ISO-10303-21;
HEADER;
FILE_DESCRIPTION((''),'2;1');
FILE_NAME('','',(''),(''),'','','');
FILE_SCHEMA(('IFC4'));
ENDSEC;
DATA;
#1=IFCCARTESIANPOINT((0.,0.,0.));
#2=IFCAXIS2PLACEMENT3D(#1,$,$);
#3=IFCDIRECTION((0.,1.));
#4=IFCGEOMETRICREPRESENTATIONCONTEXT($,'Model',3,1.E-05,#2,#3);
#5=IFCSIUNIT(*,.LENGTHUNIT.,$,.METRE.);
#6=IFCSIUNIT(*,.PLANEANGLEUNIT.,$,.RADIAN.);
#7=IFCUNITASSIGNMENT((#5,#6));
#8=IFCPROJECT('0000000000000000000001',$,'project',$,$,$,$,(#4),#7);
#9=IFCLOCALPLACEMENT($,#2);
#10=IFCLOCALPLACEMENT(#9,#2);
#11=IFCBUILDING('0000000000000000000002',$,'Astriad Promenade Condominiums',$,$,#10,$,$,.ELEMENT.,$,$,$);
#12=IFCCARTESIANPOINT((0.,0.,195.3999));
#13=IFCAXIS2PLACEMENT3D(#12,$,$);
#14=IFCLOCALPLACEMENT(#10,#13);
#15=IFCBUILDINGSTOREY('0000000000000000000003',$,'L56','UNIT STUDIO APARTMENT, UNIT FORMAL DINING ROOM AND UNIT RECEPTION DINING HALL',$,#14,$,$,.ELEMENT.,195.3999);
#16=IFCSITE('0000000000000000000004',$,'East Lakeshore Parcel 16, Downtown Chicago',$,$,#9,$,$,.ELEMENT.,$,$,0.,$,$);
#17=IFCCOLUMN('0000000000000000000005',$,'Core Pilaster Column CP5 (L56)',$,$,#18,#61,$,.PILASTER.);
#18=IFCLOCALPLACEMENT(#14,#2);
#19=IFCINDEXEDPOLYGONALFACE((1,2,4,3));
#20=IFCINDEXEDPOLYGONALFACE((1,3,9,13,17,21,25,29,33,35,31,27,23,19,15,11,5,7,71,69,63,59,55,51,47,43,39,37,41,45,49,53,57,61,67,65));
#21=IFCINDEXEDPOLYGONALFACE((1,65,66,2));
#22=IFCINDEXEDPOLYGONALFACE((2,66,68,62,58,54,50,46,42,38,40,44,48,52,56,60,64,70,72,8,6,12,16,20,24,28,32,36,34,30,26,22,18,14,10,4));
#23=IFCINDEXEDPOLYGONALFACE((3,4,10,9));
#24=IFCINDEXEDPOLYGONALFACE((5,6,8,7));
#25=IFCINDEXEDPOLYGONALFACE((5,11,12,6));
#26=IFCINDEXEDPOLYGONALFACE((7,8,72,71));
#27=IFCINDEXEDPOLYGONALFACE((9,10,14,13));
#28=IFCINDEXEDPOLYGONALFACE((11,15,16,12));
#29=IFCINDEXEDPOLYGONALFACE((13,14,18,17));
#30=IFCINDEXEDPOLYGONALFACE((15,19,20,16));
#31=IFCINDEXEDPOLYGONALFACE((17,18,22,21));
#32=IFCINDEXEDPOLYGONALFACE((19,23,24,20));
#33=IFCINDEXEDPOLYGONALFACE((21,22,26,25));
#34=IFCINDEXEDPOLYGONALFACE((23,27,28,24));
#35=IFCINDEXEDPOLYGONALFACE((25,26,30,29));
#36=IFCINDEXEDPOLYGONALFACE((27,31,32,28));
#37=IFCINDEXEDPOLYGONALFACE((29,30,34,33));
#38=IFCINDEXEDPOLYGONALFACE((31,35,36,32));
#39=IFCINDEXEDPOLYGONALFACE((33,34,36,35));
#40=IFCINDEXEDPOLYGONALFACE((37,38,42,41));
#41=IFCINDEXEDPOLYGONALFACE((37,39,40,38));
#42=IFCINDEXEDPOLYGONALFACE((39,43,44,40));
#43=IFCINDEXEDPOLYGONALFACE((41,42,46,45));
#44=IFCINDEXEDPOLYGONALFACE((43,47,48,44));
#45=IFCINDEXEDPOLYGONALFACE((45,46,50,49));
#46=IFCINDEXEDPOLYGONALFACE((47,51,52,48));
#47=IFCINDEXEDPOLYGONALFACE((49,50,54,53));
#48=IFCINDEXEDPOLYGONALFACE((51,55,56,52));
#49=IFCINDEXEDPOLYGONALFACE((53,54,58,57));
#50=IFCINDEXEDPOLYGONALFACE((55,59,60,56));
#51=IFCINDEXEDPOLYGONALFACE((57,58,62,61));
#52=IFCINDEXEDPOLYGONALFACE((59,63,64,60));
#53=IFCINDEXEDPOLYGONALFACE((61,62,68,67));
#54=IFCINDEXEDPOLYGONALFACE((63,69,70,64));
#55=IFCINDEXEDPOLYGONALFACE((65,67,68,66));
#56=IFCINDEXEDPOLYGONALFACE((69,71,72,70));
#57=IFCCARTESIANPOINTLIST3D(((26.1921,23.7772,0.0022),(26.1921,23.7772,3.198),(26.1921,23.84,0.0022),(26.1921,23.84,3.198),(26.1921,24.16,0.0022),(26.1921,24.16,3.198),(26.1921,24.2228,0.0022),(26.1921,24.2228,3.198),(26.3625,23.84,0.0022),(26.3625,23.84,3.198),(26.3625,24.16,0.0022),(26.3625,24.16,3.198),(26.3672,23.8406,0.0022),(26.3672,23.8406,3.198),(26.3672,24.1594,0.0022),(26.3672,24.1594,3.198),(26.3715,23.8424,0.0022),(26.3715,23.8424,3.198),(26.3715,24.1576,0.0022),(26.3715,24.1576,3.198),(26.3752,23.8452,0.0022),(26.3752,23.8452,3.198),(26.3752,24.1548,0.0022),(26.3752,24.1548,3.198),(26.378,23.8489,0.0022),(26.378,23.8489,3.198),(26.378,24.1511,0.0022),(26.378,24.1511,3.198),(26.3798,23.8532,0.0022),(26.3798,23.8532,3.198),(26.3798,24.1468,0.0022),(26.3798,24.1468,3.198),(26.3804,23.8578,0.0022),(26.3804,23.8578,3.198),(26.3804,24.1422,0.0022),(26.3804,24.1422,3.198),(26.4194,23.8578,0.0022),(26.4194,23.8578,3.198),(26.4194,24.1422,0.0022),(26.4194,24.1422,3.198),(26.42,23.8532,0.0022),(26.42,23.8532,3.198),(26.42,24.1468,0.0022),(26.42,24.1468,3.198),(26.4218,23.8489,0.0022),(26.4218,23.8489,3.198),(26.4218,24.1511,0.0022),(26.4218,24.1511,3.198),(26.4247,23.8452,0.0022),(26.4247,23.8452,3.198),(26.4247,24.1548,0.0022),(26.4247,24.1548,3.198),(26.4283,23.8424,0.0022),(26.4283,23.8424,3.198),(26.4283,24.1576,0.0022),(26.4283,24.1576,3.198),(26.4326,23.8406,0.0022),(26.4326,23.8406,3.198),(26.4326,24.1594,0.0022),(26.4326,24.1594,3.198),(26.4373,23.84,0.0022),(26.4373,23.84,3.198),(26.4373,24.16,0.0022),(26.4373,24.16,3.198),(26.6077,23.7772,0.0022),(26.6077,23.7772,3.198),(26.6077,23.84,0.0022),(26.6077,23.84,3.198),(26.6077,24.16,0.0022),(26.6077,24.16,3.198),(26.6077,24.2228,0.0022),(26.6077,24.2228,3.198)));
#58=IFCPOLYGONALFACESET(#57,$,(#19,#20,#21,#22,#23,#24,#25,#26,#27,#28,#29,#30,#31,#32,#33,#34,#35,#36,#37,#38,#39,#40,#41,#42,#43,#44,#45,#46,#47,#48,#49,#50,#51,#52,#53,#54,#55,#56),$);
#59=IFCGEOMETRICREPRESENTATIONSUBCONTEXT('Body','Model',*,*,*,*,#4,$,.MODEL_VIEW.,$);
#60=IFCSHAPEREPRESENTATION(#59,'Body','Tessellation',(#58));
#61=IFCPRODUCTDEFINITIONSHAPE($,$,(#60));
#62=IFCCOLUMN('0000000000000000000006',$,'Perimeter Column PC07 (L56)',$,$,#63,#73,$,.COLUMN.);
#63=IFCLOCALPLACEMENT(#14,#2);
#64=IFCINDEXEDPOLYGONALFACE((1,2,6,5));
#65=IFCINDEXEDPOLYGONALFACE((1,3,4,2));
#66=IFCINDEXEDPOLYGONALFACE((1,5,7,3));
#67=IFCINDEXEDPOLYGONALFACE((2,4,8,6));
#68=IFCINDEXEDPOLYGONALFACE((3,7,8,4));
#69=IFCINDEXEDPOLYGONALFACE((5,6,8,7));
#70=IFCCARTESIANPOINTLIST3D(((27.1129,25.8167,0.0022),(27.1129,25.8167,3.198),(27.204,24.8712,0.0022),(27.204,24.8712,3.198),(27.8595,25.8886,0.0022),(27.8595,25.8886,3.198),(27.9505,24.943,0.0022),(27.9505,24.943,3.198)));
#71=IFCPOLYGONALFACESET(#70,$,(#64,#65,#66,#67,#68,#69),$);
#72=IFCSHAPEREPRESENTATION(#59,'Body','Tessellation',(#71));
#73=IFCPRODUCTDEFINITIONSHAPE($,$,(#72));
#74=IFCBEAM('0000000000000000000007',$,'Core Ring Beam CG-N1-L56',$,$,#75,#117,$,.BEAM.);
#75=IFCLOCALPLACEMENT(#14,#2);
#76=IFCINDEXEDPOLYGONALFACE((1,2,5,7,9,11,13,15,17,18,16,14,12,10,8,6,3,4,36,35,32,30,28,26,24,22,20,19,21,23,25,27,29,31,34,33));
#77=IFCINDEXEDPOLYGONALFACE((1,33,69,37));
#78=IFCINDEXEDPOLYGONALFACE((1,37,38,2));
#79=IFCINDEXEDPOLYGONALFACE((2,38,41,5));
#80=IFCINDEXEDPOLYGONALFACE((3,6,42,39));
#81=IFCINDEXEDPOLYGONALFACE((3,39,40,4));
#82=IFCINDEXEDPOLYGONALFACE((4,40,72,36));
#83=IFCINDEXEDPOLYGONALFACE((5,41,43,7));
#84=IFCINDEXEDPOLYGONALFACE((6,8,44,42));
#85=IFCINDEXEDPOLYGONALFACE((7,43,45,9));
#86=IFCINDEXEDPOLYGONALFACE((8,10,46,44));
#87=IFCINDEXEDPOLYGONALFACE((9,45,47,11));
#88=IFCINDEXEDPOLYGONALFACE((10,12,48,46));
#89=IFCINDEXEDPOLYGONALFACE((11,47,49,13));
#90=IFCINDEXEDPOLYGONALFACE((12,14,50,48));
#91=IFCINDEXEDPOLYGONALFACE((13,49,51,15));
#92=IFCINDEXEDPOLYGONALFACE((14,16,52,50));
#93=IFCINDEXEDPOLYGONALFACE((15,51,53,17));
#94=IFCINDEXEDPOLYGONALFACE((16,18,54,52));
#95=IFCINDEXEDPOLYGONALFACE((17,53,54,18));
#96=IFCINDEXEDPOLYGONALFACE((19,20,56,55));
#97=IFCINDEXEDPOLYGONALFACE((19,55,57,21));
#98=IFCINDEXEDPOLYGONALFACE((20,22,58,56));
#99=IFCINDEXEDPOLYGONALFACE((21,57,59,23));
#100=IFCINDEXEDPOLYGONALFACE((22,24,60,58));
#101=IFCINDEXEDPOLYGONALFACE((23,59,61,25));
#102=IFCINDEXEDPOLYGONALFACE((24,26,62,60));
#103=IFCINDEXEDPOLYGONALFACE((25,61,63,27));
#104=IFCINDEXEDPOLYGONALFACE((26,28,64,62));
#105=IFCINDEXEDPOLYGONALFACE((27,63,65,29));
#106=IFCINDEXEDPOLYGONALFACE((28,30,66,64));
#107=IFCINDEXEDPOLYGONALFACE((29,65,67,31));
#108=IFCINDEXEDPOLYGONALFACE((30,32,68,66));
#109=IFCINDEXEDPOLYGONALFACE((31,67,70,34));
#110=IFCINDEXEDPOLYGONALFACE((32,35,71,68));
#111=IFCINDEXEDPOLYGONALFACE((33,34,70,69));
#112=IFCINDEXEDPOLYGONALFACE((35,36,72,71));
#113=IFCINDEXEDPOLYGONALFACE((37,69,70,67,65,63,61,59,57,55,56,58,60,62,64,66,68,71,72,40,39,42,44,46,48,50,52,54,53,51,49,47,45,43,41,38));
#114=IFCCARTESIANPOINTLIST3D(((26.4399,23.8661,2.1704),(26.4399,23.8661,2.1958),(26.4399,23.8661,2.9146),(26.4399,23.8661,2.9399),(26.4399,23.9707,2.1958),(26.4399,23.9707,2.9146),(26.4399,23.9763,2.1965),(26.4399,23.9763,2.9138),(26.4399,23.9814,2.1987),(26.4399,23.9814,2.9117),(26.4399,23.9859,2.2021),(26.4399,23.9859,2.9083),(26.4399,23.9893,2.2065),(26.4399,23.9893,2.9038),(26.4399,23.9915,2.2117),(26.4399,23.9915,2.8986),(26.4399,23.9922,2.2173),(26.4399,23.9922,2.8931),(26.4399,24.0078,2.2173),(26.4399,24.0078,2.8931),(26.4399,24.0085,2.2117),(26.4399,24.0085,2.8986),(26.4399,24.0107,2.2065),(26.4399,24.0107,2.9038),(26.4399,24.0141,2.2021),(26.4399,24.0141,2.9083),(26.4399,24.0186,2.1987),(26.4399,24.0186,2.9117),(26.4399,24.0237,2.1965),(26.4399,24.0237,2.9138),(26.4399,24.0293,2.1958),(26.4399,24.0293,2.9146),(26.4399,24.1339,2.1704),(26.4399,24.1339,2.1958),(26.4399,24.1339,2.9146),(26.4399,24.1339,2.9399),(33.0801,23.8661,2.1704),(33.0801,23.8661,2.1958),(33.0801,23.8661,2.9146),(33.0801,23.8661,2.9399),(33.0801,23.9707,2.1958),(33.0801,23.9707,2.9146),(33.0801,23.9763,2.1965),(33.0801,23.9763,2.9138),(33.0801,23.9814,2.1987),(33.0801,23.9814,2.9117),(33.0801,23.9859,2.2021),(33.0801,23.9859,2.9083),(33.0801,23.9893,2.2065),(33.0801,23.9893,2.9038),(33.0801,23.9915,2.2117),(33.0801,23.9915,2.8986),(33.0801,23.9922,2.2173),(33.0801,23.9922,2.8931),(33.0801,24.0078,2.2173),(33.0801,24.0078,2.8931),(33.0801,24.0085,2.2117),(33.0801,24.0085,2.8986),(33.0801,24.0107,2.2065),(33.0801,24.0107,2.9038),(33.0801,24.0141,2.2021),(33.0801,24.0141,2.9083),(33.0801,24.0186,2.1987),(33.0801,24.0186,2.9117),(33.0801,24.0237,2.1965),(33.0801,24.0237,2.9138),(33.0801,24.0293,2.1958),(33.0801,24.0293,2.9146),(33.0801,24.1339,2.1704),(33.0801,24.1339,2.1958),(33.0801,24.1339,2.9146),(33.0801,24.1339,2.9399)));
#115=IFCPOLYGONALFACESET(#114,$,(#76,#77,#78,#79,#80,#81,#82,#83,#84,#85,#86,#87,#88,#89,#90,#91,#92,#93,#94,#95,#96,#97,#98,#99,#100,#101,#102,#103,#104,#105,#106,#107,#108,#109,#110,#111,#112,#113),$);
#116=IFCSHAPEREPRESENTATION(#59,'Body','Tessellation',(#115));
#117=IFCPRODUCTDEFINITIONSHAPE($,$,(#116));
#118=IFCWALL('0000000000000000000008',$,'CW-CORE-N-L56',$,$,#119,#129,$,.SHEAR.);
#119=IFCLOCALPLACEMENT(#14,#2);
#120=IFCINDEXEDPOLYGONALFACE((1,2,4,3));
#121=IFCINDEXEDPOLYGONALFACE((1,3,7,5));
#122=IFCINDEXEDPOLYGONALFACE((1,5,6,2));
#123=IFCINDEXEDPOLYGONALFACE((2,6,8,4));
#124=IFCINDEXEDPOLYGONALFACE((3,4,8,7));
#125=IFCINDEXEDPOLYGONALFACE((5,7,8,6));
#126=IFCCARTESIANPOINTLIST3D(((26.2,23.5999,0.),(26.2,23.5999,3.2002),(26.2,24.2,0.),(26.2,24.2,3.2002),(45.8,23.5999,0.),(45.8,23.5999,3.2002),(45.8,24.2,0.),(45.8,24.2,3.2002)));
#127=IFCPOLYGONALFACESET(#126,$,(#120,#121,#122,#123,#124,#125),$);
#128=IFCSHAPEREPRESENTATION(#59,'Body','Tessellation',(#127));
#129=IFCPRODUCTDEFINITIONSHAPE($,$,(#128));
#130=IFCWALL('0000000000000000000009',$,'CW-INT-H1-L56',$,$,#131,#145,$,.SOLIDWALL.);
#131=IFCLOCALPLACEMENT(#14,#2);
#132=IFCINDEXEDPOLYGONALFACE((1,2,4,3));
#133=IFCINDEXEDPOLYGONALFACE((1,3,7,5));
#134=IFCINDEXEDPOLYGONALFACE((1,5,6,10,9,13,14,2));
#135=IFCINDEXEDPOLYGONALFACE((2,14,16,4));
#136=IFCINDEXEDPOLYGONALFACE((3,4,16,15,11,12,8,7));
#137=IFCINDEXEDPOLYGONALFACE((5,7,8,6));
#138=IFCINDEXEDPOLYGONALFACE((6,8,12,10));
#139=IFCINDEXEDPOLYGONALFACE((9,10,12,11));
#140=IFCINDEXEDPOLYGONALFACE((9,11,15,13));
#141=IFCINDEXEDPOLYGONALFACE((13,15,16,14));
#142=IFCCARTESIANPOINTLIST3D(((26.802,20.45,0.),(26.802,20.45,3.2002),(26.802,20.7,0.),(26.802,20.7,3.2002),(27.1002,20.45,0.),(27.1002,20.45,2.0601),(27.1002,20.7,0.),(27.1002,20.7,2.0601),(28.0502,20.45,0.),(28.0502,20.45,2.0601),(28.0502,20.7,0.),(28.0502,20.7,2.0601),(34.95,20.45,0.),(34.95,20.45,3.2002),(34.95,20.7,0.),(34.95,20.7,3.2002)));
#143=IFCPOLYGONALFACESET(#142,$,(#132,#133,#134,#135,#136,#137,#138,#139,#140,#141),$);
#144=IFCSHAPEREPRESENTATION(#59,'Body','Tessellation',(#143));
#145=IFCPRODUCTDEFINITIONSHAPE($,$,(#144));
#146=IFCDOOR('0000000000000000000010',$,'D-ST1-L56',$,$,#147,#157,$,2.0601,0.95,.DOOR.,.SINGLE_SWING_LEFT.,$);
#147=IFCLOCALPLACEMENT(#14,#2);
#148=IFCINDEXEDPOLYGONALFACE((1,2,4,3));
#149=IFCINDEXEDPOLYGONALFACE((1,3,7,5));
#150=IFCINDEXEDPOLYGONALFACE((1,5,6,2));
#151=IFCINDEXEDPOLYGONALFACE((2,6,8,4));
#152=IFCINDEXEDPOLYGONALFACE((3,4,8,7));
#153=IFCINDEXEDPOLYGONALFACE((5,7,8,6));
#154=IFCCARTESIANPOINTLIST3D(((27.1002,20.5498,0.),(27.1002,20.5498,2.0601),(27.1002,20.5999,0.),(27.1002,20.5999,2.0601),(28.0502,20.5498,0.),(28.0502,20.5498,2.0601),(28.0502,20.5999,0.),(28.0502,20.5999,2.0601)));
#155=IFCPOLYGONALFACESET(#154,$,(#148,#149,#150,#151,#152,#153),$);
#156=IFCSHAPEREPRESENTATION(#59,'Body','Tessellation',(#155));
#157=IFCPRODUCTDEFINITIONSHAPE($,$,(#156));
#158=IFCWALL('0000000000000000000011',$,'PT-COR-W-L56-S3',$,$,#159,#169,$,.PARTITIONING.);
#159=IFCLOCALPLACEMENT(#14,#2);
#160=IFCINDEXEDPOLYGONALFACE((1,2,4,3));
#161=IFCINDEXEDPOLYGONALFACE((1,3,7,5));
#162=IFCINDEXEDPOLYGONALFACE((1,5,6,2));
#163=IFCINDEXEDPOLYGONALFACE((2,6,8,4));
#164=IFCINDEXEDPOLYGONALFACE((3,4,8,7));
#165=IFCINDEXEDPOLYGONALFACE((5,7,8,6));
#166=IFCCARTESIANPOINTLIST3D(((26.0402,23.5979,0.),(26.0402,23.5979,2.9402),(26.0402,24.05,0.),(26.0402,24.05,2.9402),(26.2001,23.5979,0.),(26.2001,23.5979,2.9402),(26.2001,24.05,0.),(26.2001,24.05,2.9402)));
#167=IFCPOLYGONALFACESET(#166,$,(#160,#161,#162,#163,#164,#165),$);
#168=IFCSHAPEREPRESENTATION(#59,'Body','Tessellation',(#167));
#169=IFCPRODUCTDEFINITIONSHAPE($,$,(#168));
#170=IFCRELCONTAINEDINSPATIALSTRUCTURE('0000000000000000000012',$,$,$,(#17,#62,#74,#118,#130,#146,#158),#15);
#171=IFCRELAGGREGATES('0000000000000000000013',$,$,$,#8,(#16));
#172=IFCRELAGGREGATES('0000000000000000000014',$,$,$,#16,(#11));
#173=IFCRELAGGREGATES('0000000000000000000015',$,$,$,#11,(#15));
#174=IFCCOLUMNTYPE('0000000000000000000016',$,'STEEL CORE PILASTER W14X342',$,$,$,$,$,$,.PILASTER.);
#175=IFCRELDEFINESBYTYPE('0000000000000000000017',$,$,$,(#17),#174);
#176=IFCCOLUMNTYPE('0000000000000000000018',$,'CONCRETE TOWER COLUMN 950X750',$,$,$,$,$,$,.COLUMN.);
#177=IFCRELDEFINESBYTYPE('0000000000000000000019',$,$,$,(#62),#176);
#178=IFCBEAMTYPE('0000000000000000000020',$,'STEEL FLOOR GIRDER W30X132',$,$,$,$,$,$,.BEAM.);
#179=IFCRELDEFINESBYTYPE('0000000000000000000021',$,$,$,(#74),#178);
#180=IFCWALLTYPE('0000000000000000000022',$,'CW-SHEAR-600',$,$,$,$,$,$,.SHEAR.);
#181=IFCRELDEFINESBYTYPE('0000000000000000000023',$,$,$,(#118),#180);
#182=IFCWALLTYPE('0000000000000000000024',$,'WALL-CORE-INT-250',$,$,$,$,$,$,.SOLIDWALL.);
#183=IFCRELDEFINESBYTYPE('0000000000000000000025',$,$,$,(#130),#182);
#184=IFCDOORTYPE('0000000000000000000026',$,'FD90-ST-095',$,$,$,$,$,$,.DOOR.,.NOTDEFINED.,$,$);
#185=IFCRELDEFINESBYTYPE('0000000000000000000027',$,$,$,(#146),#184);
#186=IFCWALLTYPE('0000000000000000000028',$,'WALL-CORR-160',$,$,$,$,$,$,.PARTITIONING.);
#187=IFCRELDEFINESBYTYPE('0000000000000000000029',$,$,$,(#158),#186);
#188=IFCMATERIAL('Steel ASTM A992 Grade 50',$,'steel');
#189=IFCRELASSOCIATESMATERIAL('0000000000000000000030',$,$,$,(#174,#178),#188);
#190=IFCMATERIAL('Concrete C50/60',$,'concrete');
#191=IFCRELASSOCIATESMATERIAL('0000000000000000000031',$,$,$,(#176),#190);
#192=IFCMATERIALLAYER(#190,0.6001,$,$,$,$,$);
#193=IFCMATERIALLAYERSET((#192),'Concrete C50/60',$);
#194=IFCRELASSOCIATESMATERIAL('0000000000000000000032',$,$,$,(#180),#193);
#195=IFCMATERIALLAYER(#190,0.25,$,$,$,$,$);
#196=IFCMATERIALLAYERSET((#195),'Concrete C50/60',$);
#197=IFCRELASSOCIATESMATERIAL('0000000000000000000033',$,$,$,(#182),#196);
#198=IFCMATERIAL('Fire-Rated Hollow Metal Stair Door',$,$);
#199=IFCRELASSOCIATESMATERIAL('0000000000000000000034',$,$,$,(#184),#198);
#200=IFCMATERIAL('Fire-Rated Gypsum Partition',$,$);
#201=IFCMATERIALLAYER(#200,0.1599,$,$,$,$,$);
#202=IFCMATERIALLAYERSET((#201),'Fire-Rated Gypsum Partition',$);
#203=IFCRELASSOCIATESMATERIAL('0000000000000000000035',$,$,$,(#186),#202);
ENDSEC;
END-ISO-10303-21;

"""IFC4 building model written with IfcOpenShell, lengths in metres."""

from ifc_helpers import new_model, si_unit, direction, frame, frame_2d, origin, origin_2d, place, context, subcontext, project, spatial, rectangle, i_section, extrude, source, transform, mapped, material, layer, layer_set, material_profile, profile_set, type_object, type_shapes, element, fill, save


model = new_model("IFC4")

# Units and contexts
model_context = context("Model", 3, precision=1e-05, world=origin(), true_north=direction((0.0, 1.0)))
body_context = subcontext(model_context, "Body", "Model", "MODEL_VIEW")
ifc_project = project(units=[si_unit("LENGTHUNIT", "METRE"), si_unit("PLANEANGLEUNIT", "RADIAN")], contexts=[model_context])

# Site, building, storey
site_placement = place(None, origin())
site = spatial("IfcSite", under=ifc_project, at=site_placement, Name="East Lakeshore Parcel 16, Downtown Chicago", CompositionType="ELEMENT", RefElevation=0.0)
building_placement = place(site_placement, origin())
building = spatial("IfcBuilding", under=site, at=building_placement, Name="Astriad Promenade Condominiums", CompositionType="ELEMENT")
storey_placement = place(building_placement, frame((0.0, 0.0, 195.3999)))
storey = spatial("IfcBuildingStorey", under=building, at=storey_placement, Name="L56", Description="UNIT STUDIO APARTMENT, UNIT FORMAL DINING ROOM AND UNIT RECEPTION DINING HALL", CompositionType="ELEMENT", Elevation=195.3999)

# Columns
ifc_material_1 = material(Name="Steel ASTM A992 Grade 50", Category="steel")
ifc_material_profile_1 = material_profile(ifc_material_1, i_section(OverallWidth=0.4155, OverallDepth=0.4456, WebThickness=0.0391, FlangeThickness=0.0627, FilletRadius=0.0178, at=origin_2d()), Name="W14X342")
ifc_profile_set_1 = profile_set([ifc_material_profile_1], Name="Steel ASTM A992 Grade 50")
column_type_1 = type_object("IfcColumnType", Name="STEEL CORE PILASTER W14X342", PredefinedType="PILASTER", material=ifc_profile_set_1)
shared_shape_1 = source(origin(), body_context, "Body", "SweptSolid", [
    extrude(i_section(OverallWidth=0.4155, OverallDepth=0.4456, WebThickness=0.0391, FlangeThickness=0.0627, FilletRadius=0.0178, at=origin_2d()), origin(), (0.0, 0.0, 1.0), 3.1958),
])
type_shapes(column_type_1, [shared_shape_1])
column_1_placement = place(storey_placement, frame((26.3999, 24.0, 0.0022), z_axis=(0.0, 0.0, 1.0), x_axis=(1.0, 0.0, 0.0)))
element("IfcColumn", 1, at=column_1_placement, inside=storey, type_object=column_type_1, Name="Core Pilaster Column CP5 (L56)", PredefinedType="PILASTER", context=body_context, shape_type="MappedRepresentation", body=[
    mapped(shared_shape_1, transform((0.0, 0.0, 0.0), scale=1.0)),
])
ifc_material_2 = material(Name="Concrete C50/60", Category="concrete")
ifc_material_profile_2 = material_profile(ifc_material_2, rectangle(XDim=0.75, YDim=0.95, at=origin_2d()), Name="RC-COL-950X750")
ifc_profile_set_2 = profile_set([ifc_material_profile_2], Name="Concrete C50/60")
column_type_2 = type_object("IfcColumnType", Name="CONCRETE TOWER COLUMN 950X750", PredefinedType="COLUMN", material=ifc_profile_set_2)
shared_shape_2 = source(origin(), body_context, "Body", "SweptSolid", [
    extrude(rectangle(XDim=0.75, YDim=0.95, at=origin_2d()), origin(), (0.0, 0.0, 1.0), 3.1958),
])
type_shapes(column_type_2, [shared_shape_2])
column_2_placement = place(storey_placement, frame((27.5317, 25.3799, 0.0022), z_axis=(0.0, 0.0, 1.0), x_axis=(0.995396, 0.095846, 0.0)))
element("IfcColumn", 2, at=column_2_placement, inside=storey, type_object=column_type_2, Name="Perimeter Column PC07 (L56)", PredefinedType="COLUMN", context=body_context, shape_type="MappedRepresentation", body=[
    mapped(shared_shape_2, transform((0.0, 0.0, 0.0), scale=1.0)),
])

# Beam
ifc_material_profile_3 = material_profile(ifc_material_1, i_section(OverallWidth=0.2678, OverallDepth=0.7695, WebThickness=0.0156, FlangeThickness=0.0254, FilletRadius=0.0215, at=origin_2d()), Name="W30X132")
ifc_profile_set_3 = profile_set([ifc_material_profile_3], Name="Steel ASTM A992 Grade 50")
beam_type = type_object("IfcBeamType", Name="STEEL FLOOR GIRDER W30X132", PredefinedType="BEAM", material=ifc_profile_set_3)
shared_shape_3 = source(origin(), body_context, "Body", "SweptSolid", [
    extrude(i_section(OverallWidth=0.2678, OverallDepth=0.7695, WebThickness=0.0156, FlangeThickness=0.0254, FilletRadius=0.0215, at=origin_2d()), origin(), (0.0, 0.0, 1.0), 6.6401),
])
type_shapes(beam_type, [shared_shape_3])
beam_placement = place(storey_placement, frame((26.4399, 24.0, 2.5552), z_axis=(1.0, 0.0, 0.0), x_axis=(0.0, 1.0, 0.0)))
element("IfcBeam", 3, at=beam_placement, inside=storey, type_object=beam_type, Name="Core Ring Beam CG-N1-L56", PredefinedType="BEAM", context=body_context, shape_type="MappedRepresentation", body=[
    mapped(shared_shape_3, transform((0.0, 0.0, 0.0), scale=1.0)),
])

# Wall
ifc_layer_1 = layer(ifc_material_2, 0.6001)
ifc_layer_set_1 = layer_set([ifc_layer_1], Name="Concrete C50/60")
wall_type_1 = type_object("IfcWallType", Name="CW-SHEAR-600", PredefinedType="SHEAR", material=ifc_layer_set_1)
wall_1_placement = place(storey_placement, frame((26.2, 23.8999, 0.0), z_axis=(0.0, 0.0, 1.0), x_axis=(1.0, 0.0, 0.0)))
element("IfcWall", 4, at=wall_1_placement, inside=storey, type_object=wall_type_1, Name="CW-CORE-N-L56", PredefinedType="SHEAR", context=body_context, shape_type="SweptSolid", body=[
    extrude(rectangle(XDim=19.6001, YDim=0.6001, at=frame_2d((9.8, 0.0))), origin(), (0.0, 0.0, 1.0), 3.2002),
])

# Wall, opening, door
ifc_layer_2 = layer(ifc_material_2, 0.25)
ifc_layer_set_2 = layer_set([ifc_layer_2], Name="Concrete C50/60")
wall_type_2 = type_object("IfcWallType", Name="WALL-CORE-INT-250", PredefinedType="SOLIDWALL", material=ifc_layer_set_2)
wall_2_placement = place(storey_placement, frame((26.802, 20.575, 0.0), z_axis=(0.0, 0.0, 1.0), x_axis=(1.0, 0.0, 0.0)))
wall_2 = element("IfcWall", 5, at=wall_2_placement, inside=storey, type_object=wall_type_2, Name="CW-INT-H1-L56", PredefinedType="SOLIDWALL", context=body_context, shape_type="SweptSolid", body=[
    extrude(rectangle(XDim=8.1479, YDim=0.25, at=frame_2d((4.074, 0.0))), origin(), (0.0, 0.0, 1.0), 3.2002),
])
opening_placement = place(wall_2_placement, frame((0.2981, 0.0, 0.0)))
opening = element("IfcOpeningElement", 6, at=opening_placement, cuts=wall_2, PredefinedType="OPENING", context=body_context, shape_type="SweptSolid", body=[
    extrude(rectangle(XDim=0.95, YDim=2.0601, at=frame_2d((0.4751, 1.03))), frame((0.0, 0.135, 0.0), z_axis=(0.0, -1.0, 0.0), x_axis=(1.0, 0.0, 0.0)), (0.0, 0.0, 1.0), 0.27),
])
ifc_material_3 = material(Name="Fire-Rated Hollow Metal Stair Door")
door_type = type_object("IfcDoorType", Name="FD90-ST-095", OperationType="NOTDEFINED", PredefinedType="DOOR", material=ifc_material_3)
shared_shape_4 = source(origin(), body_context, "Body", "SweptSolid", [
    extrude(rectangle(XDim=0.95, YDim=2.0601, at=frame_2d((0.4751, 1.03))), frame((0.0, 0.0249, 0.0), z_axis=(0.0, -1.0, 0.0), x_axis=(1.0, 0.0, 0.0)), (0.0, 0.0, 1.0), 0.05),
])
type_shapes(door_type, [shared_shape_4])
door_placement = place(opening_placement, origin())
door = element("IfcDoor", 7, at=door_placement, inside=storey, type_object=door_type, Name="D-ST1-L56", OperationType="SINGLE_SWING_LEFT", OverallHeight=2.0601, OverallWidth=0.95, PredefinedType="DOOR", context=body_context, shape_type="MappedRepresentation", body=[
    mapped(shared_shape_4, transform((0.0, 0.0, 0.0), scale=1.0)),
])
fill(opening, door)

# Wall
ifc_material_4 = material(Name="Fire-Rated Gypsum Partition")
ifc_layer_3 = layer(ifc_material_4, 0.1599)
ifc_layer_set_3 = layer_set([ifc_layer_3], Name="Fire-Rated Gypsum Partition")
wall_type_3 = type_object("IfcWallType", Name="WALL-CORR-160", PredefinedType="PARTITIONING", material=ifc_layer_set_3)
wall_3_placement = place(storey_placement, frame((26.1201, 23.5979, 0.0), z_axis=(0.0, 0.0, 1.0), x_axis=(0.0, 1.0, 0.0)))
element("IfcWall", 8, at=wall_3_placement, inside=storey, type_object=wall_type_3, Name="PT-COR-W-L56-S3", PredefinedType="PARTITIONING", context=body_context, shape_type="SweptSolid", body=[
    extrude(rectangle(XDim=0.4521, YDim=0.1599, at=frame_2d((0.2261, 0.0))), origin(), (0.0, 0.0, 1.0), 2.9402),
])

save(model, "model.ifc")
